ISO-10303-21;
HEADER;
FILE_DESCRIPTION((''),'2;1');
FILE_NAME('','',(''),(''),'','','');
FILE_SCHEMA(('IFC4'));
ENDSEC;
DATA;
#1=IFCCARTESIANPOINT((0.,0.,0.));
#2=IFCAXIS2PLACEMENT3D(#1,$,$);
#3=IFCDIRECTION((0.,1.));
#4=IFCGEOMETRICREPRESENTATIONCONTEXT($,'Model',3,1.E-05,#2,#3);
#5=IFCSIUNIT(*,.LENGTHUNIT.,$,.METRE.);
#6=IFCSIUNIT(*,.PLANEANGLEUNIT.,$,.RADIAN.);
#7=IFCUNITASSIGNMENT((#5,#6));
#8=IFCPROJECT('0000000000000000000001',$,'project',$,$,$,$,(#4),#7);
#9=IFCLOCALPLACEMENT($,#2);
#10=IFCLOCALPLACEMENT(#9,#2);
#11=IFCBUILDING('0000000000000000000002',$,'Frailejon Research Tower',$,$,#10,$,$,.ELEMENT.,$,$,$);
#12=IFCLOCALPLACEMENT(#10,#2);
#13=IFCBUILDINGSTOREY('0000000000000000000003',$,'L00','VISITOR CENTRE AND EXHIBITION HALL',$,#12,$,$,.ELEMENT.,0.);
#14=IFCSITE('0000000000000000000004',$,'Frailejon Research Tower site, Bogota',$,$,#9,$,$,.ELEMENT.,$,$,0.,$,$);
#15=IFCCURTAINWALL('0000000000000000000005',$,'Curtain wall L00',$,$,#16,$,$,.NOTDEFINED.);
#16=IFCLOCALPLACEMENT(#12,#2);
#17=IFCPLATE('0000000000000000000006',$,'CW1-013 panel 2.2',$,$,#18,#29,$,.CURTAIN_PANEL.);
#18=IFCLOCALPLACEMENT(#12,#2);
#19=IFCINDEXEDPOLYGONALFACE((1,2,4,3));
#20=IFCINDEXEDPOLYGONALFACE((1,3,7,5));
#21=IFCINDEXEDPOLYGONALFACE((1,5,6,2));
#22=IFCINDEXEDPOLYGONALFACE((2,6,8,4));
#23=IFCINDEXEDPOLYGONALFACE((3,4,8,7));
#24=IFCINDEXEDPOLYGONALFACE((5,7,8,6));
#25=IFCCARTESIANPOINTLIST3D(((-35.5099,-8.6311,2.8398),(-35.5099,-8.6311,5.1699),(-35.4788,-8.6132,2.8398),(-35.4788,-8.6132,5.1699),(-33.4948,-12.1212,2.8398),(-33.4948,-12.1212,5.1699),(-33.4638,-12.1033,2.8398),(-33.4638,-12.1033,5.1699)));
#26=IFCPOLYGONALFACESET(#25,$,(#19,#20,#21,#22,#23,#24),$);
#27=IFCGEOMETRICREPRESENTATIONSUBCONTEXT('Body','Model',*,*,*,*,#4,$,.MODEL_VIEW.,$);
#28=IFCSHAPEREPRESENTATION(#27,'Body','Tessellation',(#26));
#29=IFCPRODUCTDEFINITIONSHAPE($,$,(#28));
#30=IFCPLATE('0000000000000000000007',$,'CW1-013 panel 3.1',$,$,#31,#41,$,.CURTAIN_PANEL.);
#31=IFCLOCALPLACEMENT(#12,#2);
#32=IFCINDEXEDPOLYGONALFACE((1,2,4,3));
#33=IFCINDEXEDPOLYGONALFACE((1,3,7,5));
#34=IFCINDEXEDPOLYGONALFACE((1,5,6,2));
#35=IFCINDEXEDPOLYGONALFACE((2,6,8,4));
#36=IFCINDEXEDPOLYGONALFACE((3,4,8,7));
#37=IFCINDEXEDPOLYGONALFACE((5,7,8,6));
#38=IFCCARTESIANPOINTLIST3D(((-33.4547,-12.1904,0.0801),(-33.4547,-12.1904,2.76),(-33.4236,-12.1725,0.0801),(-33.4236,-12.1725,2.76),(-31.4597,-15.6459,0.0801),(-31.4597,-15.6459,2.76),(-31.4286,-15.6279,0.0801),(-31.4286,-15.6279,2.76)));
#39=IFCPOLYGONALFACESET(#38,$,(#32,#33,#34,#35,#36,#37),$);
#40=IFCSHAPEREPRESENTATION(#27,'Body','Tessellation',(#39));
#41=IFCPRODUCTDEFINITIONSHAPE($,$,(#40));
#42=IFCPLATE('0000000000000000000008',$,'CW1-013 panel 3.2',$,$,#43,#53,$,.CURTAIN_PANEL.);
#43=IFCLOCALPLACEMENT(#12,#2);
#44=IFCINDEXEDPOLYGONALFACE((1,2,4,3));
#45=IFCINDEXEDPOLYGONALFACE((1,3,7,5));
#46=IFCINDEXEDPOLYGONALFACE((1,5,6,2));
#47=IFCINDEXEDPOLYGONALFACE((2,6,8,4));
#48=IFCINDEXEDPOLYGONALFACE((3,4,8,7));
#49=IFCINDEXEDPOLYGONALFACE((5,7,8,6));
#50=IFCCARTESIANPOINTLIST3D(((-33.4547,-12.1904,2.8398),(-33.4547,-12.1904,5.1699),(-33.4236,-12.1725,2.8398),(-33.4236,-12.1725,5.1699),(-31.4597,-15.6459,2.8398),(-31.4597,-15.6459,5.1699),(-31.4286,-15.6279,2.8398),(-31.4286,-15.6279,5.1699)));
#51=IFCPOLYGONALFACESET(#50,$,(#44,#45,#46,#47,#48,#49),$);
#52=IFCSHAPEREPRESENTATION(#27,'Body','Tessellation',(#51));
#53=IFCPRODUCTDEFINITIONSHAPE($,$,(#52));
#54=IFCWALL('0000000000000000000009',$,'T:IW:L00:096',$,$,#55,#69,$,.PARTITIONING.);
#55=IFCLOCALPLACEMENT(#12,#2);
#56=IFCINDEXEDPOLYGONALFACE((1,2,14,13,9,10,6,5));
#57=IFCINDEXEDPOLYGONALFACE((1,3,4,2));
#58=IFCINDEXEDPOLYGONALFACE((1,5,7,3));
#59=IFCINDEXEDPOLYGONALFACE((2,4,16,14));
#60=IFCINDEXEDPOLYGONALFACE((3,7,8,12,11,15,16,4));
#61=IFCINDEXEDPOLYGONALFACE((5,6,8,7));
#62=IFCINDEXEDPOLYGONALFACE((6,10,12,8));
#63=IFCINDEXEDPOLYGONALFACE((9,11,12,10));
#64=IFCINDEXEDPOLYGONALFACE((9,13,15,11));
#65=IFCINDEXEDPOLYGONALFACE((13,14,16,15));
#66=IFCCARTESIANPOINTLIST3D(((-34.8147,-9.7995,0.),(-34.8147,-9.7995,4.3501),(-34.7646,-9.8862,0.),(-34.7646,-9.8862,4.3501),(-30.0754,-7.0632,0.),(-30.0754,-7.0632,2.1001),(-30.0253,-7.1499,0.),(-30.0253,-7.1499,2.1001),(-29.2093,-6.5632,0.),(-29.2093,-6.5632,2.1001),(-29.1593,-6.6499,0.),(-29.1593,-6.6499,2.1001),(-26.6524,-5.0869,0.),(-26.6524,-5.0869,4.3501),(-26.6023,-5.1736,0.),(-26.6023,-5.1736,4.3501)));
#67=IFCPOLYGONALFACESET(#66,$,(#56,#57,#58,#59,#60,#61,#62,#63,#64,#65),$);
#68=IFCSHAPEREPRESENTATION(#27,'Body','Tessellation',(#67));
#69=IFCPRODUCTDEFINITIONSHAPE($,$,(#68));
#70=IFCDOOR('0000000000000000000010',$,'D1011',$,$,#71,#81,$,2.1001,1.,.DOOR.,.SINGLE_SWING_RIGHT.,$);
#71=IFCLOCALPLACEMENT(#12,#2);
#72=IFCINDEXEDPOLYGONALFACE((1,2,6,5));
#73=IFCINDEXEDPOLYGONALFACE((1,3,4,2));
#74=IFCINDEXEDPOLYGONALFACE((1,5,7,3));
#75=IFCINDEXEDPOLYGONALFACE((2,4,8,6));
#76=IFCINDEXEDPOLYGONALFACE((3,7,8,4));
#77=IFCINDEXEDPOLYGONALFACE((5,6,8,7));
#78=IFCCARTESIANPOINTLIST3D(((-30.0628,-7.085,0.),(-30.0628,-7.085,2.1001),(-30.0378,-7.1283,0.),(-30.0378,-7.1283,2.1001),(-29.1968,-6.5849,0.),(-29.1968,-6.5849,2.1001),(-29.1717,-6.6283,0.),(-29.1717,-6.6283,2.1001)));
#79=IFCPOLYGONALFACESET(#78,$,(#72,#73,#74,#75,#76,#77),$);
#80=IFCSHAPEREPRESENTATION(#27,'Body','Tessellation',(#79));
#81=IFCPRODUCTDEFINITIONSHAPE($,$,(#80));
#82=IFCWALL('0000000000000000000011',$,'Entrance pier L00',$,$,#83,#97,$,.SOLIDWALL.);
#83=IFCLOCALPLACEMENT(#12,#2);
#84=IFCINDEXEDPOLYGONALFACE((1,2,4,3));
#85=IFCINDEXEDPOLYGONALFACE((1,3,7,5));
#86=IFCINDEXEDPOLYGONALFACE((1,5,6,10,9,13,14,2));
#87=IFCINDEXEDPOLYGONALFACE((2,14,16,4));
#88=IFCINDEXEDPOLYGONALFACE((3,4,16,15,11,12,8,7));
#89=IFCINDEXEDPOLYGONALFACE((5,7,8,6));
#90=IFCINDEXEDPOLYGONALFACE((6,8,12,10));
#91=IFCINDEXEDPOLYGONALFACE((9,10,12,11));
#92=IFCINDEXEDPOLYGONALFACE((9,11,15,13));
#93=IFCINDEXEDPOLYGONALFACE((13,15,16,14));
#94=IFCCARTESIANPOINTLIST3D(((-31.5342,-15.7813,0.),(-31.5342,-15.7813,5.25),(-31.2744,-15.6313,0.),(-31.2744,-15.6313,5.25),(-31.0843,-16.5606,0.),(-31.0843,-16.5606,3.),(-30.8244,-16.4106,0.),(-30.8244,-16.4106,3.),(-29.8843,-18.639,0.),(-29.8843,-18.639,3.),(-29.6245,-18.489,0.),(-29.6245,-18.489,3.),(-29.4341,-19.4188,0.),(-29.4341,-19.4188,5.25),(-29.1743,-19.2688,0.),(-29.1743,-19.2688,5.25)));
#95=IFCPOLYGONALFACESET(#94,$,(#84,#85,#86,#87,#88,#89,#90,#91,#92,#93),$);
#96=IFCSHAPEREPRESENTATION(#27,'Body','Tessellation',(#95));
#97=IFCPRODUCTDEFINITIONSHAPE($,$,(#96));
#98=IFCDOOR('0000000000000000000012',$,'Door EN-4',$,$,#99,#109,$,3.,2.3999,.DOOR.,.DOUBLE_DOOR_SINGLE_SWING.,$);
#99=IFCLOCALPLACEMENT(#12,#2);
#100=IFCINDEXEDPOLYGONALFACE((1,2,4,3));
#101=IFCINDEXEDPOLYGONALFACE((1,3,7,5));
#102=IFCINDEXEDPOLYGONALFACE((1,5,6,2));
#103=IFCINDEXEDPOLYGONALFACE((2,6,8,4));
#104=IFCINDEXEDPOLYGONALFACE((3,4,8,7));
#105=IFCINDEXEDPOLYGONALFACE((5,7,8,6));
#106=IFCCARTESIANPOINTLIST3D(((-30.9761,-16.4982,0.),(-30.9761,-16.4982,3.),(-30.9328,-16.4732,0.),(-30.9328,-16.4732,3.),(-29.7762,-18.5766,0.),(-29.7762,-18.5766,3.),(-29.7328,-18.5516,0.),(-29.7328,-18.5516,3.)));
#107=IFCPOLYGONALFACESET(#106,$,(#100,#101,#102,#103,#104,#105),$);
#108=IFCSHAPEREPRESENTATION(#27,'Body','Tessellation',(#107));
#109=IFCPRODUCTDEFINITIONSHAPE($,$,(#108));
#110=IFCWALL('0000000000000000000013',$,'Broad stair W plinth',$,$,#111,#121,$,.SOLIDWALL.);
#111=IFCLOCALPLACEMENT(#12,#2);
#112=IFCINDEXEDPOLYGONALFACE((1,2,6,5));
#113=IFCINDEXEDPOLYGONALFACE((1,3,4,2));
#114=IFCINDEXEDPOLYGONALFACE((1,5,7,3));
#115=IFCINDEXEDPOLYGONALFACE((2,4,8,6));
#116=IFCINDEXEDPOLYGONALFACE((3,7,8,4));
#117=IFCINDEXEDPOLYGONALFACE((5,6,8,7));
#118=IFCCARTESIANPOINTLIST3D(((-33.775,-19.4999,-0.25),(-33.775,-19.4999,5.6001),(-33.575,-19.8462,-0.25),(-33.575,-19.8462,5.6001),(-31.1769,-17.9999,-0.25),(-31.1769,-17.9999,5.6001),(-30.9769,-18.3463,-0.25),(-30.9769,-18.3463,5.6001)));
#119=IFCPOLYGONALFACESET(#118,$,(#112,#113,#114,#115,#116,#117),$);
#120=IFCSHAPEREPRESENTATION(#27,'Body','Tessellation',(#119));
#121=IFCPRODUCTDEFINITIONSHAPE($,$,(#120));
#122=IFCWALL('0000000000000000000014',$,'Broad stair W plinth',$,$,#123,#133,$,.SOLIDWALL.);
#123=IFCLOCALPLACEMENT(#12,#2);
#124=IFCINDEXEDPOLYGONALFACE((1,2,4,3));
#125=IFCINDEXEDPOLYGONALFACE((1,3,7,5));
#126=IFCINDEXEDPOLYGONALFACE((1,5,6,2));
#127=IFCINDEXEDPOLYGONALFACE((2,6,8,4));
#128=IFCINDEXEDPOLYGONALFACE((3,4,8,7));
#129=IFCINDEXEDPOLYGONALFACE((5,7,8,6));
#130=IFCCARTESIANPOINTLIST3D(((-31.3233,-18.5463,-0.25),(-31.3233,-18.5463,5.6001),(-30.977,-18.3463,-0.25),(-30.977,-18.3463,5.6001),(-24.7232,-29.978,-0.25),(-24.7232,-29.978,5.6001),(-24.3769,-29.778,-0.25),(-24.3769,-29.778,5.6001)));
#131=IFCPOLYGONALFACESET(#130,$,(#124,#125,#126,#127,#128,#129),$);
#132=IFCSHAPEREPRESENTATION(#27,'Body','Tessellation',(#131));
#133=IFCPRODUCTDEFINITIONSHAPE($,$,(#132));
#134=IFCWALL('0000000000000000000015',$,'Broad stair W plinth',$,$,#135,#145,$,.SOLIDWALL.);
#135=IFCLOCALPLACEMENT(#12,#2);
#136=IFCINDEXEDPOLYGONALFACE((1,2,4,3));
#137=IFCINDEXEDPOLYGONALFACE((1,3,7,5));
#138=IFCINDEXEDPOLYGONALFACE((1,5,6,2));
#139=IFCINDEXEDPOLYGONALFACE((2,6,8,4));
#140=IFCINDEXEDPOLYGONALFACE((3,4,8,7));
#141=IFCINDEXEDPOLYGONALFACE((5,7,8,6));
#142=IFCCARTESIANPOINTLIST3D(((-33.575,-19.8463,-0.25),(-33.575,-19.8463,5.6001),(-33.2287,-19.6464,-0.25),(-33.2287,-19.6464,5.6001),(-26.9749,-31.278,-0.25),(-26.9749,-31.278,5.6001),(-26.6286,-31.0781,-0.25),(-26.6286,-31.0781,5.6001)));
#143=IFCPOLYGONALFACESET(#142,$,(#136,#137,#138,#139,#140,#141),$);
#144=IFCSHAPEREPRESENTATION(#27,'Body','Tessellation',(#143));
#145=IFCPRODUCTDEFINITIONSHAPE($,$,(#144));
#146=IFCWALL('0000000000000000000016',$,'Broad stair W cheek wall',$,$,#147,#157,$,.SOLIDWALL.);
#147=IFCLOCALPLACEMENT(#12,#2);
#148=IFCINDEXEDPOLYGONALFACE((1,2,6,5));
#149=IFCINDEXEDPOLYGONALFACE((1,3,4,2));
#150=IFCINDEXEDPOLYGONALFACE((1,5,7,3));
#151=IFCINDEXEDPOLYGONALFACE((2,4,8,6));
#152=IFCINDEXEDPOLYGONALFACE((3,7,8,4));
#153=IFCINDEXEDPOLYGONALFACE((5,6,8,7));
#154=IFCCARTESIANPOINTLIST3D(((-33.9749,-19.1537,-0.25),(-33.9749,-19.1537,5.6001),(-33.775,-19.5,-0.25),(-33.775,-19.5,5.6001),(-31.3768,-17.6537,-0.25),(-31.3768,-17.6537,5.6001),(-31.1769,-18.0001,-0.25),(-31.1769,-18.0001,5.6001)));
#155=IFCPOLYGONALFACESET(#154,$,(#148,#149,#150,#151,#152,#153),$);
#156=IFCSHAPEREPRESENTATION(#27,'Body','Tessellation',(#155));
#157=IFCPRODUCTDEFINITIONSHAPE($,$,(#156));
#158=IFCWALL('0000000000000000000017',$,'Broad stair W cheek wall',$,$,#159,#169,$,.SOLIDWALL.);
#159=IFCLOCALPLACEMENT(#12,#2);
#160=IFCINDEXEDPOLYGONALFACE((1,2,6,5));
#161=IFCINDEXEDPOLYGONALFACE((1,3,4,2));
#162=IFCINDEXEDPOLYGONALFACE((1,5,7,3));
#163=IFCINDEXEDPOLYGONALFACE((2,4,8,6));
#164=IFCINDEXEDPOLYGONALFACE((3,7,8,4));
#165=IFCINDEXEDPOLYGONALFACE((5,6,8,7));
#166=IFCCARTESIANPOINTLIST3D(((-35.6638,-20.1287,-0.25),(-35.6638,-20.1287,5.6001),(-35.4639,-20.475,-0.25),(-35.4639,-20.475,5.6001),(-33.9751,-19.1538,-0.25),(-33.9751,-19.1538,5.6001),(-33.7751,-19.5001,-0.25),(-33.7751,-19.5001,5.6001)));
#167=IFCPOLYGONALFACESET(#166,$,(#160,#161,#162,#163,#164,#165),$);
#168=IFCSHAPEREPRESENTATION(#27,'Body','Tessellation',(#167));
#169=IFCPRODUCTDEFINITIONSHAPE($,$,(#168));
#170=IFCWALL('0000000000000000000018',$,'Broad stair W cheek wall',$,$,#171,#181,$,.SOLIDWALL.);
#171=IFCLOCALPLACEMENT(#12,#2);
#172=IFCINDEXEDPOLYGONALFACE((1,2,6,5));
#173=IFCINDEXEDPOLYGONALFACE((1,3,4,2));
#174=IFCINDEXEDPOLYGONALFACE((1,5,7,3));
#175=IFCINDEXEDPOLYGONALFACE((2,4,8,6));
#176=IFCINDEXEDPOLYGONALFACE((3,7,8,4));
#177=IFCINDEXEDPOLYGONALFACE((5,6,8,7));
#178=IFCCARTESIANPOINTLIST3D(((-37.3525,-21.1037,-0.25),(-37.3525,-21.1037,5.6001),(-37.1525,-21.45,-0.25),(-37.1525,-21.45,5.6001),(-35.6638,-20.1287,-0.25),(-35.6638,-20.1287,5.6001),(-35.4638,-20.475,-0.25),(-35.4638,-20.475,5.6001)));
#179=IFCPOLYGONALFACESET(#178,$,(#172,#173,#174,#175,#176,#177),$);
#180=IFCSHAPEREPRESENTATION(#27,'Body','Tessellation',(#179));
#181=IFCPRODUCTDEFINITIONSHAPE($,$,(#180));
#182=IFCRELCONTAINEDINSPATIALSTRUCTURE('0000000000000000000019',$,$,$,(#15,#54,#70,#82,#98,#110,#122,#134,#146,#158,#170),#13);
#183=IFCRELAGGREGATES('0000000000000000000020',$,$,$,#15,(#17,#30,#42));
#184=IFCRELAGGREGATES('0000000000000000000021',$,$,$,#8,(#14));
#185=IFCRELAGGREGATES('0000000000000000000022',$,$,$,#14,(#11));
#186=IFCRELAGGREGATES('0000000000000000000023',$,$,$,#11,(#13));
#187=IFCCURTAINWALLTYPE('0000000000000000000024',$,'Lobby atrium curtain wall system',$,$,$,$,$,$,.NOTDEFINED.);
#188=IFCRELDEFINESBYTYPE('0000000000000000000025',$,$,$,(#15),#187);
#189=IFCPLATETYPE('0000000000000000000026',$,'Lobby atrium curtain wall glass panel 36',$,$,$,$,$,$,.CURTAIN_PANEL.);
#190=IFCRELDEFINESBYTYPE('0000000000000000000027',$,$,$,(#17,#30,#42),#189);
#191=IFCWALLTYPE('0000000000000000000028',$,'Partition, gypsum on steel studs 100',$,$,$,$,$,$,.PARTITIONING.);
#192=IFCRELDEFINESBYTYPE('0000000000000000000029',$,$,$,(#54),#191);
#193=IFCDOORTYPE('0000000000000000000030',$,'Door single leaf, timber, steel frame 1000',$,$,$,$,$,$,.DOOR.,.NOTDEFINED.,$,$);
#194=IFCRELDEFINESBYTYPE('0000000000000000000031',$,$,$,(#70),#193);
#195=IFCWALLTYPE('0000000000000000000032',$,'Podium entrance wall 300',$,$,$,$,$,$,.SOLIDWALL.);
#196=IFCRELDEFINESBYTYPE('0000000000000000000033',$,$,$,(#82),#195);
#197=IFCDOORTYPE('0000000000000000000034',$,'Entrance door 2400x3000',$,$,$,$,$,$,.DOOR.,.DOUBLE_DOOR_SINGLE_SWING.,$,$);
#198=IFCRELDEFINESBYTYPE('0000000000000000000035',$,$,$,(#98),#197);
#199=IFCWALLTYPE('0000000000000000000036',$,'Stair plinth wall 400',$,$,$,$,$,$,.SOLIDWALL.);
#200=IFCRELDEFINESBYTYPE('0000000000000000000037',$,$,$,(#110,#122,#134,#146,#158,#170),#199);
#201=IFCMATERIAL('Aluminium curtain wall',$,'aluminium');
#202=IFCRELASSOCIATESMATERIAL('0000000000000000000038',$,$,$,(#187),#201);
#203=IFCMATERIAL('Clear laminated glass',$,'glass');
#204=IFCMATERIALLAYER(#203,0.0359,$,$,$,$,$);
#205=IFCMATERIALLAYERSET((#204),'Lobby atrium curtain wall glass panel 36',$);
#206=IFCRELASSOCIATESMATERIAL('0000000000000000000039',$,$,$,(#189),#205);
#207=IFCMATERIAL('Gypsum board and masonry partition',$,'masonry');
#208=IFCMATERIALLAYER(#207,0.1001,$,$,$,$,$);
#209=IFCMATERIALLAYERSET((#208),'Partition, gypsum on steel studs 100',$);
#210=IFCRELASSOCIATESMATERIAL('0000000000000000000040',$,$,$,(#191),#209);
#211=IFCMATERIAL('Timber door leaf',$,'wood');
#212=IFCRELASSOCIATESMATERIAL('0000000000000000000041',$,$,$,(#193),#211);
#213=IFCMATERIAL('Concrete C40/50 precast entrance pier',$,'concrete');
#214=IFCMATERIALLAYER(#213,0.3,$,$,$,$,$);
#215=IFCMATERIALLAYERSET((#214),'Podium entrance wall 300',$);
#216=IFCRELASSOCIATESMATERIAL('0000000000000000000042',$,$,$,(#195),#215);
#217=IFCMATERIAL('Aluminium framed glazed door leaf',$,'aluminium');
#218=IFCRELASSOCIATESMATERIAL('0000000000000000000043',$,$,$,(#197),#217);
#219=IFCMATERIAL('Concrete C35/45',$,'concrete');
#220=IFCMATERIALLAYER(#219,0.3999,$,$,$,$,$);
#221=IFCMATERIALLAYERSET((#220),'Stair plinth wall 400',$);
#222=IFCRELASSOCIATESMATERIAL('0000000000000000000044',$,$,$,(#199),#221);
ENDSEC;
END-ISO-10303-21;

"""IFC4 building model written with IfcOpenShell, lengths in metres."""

from ifc_helpers import new_model, si_unit, direction, frame, frame_2d, origin, origin_2d, place, context, subcontext, project, spatial, rectangle, extrude, material, layer, layer_set, type_object, element, fill, aggregate, save


model = new_model("IFC4")

# Units and contexts
model_context = context("Model", 3, precision=1e-05, world=origin(), true_north=direction((0.0, 1.0)))
body_context = subcontext(model_context, "Body", "Model", "MODEL_VIEW")
ifc_project = project(units=[si_unit("LENGTHUNIT", "METRE"), si_unit("PLANEANGLEUNIT", "RADIAN")], contexts=[model_context])

# Site, building, storey
site_placement = place(None, origin())
site = spatial("IfcSite", under=ifc_project, at=site_placement, Name="Frailejon Research Tower site, Bogota", CompositionType="ELEMENT", RefElevation=0.0)
building_placement = place(site_placement, origin())
building = spatial("IfcBuilding", under=site, at=building_placement, Name="Frailejon Research Tower", CompositionType="ELEMENT")
storey_placement = place(building_placement, origin())
storey = spatial("IfcBuildingStorey", under=building, at=storey_placement, Name="L00", Description="VISITOR CENTRE AND EXHIBITION HALL", CompositionType="ELEMENT", Elevation=0.0)

# Curtain wall, plates
ifc_material_1 = material(Name="Aluminium curtain wall", Category="aluminium")
curtain_wall_type = type_object("IfcCurtainWallType", Name="Lobby atrium curtain wall system", PredefinedType="NOTDEFINED", material=ifc_material_1)
curtain_wall_placement = place(storey_placement, origin())
curtain_wall = element("IfcCurtainWall", 1, at=curtain_wall_placement, inside=storey, type_object=curtain_wall_type, Name="Curtain wall L00", PredefinedType="NOTDEFINED")
ifc_material_2 = material(Name="Clear laminated glass", Category="glass")
ifc_layer_1 = layer(ifc_material_2, 0.0359)
ifc_layer_set_1 = layer_set([ifc_layer_1], Name="Lobby atrium curtain wall glass panel 36")
plate_type = type_object("IfcPlateType", Name="Lobby atrium curtain wall glass panel 36", PredefinedType="CURTAIN_PANEL", material=ifc_layer_set_1)
plate_1_placement = place(storey_placement, frame((-34.4868, -10.3672, 2.8398), z_axis=(0.0, 0.0, 1.0), x_axis=(0.5, -0.866026, 0.0)))
plate_1 = element("IfcPlate", 2, at=plate_1_placement, type_object=plate_type, Name="CW1-013 panel 2.2", PredefinedType="CURTAIN_PANEL", context=body_context, shape_type="SweptSolid", body=[
    extrude(rectangle(XDim=4.03, YDim=0.0359, at=origin_2d()), origin(), (0.0, 0.0, 1.0), 2.3301),
])
plate_2_placement = place(storey_placement, frame((-32.4417, -13.9092, 0.0801), z_axis=(0.0, 0.0, 1.0), x_axis=(0.5, -0.866026, 0.0)))
plate_2 = element("IfcPlate", 3, at=plate_2_placement, type_object=plate_type, Name="CW1-013 panel 3.1", PredefinedType="CURTAIN_PANEL", context=body_context, shape_type="SweptSolid", body=[
    extrude(rectangle(XDim=3.99, YDim=0.0359, at=origin_2d()), origin(), (0.0, 0.0, 1.0), 2.6799),
])
plate_3_placement = place(storey_placement, frame((-32.4417, -13.9092, 2.8398), z_axis=(0.0, 0.0, 1.0), x_axis=(0.5, -0.866026, 0.0)))
plate_3 = element("IfcPlate", 4, at=plate_3_placement, type_object=plate_type, Name="CW1-013 panel 3.2", PredefinedType="CURTAIN_PANEL", context=body_context, shape_type="SweptSolid", body=[
    extrude(rectangle(XDim=3.99, YDim=0.0359, at=origin_2d()), origin(), (0.0, 0.0, 1.0), 2.3301),
])
aggregate(curtain_wall, [plate_1, plate_2, plate_3])

# Walls, openings, doors
ifc_material_3 = material(Name="Gypsum board and masonry partition", Category="masonry")
ifc_layer_2 = layer(ifc_material_3, 0.1001)
ifc_layer_set_2 = layer_set([ifc_layer_2], Name="Partition, gypsum on steel studs 100")
wall_type_1 = type_object("IfcWallType", Name="Partition, gypsum on steel studs 100", PredefinedType="PARTITIONING", material=ifc_layer_set_2)
wall_1_placement = place(storey_placement, frame((-34.7896, -9.8428, 0.0), z_axis=(0.0, 0.0, 1.0), x_axis=(0.86602, 0.500009, 0.0)))
wall_1 = element("IfcWall", 5, at=wall_1_placement, inside=storey, type_object=wall_type_1, Name="T:IW:L00:096", PredefinedType="PARTITIONING", context=body_context, shape_type="SweptSolid", body=[
    extrude(rectangle(XDim=9.425, YDim=0.1001, at=frame_2d((4.7124, 0.0))), origin(), (0.0, 0.0, 1.0), 4.3501),
])
opening_1_placement = place(wall_1_placement, frame((5.4724, 0.0, 0.0)))
opening_1 = element("IfcOpeningElement", 6, at=opening_1_placement, cuts=wall_1, PredefinedType="OPENING", context=body_context, shape_type="SweptSolid", body=[
    extrude(rectangle(XDim=1.0, YDim=2.1001, at=frame_2d((0.5, 1.05))), frame((0.0, 0.0601, 0.0), z_axis=(0.0, -1.0, 0.0), x_axis=(1.0, 0.0, 0.0)), (0.0, 0.0, 1.0), 0.1201),
])
ifc_material_4 = material(Name="Timber door leaf", Category="wood")
door_type_1 = type_object("IfcDoorType", Name="Door single leaf, timber, steel frame 1000", OperationType="NOTDEFINED", PredefinedType="DOOR", material=ifc_material_4)
door_1_placement = place(opening_1_placement, origin())
door_1 = element("IfcDoor", 7, at=door_1_placement, inside=storey, type_object=door_type_1, Name="D1011", OperationType="SINGLE_SWING_RIGHT", OverallHeight=2.1001, OverallWidth=1.0, PredefinedType="DOOR", context=body_context, shape_type="SweptSolid", body=[
    extrude(rectangle(XDim=1.0, YDim=2.1001, at=frame_2d((0.5, 1.05))), frame((0.0, 0.0249, 0.0), z_axis=(0.0, -1.0, 0.0), x_axis=(1.0, 0.0, 0.0)), (0.0, 0.0, 1.0), 0.05),
])
fill(opening_1, door_1)
ifc_material_5 = material(Name="Concrete C40/50 precast entrance pier", Category="concrete")
ifc_layer_3 = layer(ifc_material_5, 0.3)
ifc_layer_set_3 = layer_set([ifc_layer_3], Name="Podium entrance wall 300")
wall_type_2 = type_object("IfcWallType", Name="Podium entrance wall 300", PredefinedType="SOLIDWALL", material=ifc_layer_set_3)
wall_2_placement = place(storey_placement, frame((-31.4043, -15.7063, 0.0), z_axis=(0.0, 0.0, 1.0), x_axis=(0.500003, -0.866024, 0.0)))
wall_2 = element("IfcWall", 8, at=wall_2_placement, inside=storey, type_object=wall_type_2, Name="Entrance pier L00", PredefinedType="SOLIDWALL", context=body_context, shape_type="SweptSolid", body=[
    extrude(rectangle(XDim=4.2002, YDim=0.3, at=frame_2d((2.1001, 0.0))), origin(), (0.0, 0.0, 1.0), 5.25),
])
opening_2_placement = place(wall_2_placement, frame((0.8999, 0.0, 0.0)))
opening_2 = element("IfcOpeningElement", 9, at=opening_2_placement, cuts=wall_2, PredefinedType="OPENING", context=body_context, shape_type="SweptSolid", body=[
    extrude(rectangle(XDim=2.3999, YDim=3.0, at=frame_2d((1.2, 1.5))), frame((0.0, 0.1599, 0.0), z_axis=(0.0, -1.0, 0.0), x_axis=(1.0, 0.0, 0.0)), (0.0, 0.0, 1.0), 0.3201),
])
ifc_material_6 = material(Name="Aluminium framed glazed door leaf", Category="aluminium")
door_type_2 = type_object("IfcDoorType", Name="Entrance door 2400x3000", OperationType="DOUBLE_DOOR_SINGLE_SWING", PredefinedType="DOOR", material=ifc_material_6)
door_2_placement = place(opening_2_placement, origin())
door_2 = element("IfcDoor", 10, at=door_2_placement, inside=storey, type_object=door_type_2, Name="Door EN-4", OperationType="DOUBLE_DOOR_SINGLE_SWING", OverallHeight=3.0, OverallWidth=2.3999, PredefinedType="DOOR", context=body_context, shape_type="SweptSolid", body=[
    extrude(rectangle(XDim=2.3999, YDim=3.0, at=frame_2d((1.2, 1.5))), frame((0.0, 0.0249, 0.0), z_axis=(0.0, -1.0, 0.0), x_axis=(1.0, 0.0, 0.0)), (0.0, 0.0, 1.0), 0.05),
])
fill(opening_2, door_2)

# Walls
ifc_material_7 = material(Name="Concrete C35/45", Category="concrete")
ifc_layer_4 = layer(ifc_material_7, 0.3999)
ifc_layer_set_4 = layer_set([ifc_layer_4], Name="Stair plinth wall 400")
wall_type_3 = type_object("IfcWallType", Name="Stair plinth wall 400", PredefinedType="SOLIDWALL", material=ifc_layer_set_4)
wall_3_placement = place(storey_placement, frame((-31.0769, -18.1731, -0.25), z_axis=(0.0, 0.0, 1.0), x_axis=(-0.866031, -0.49999, 0.0)))
element("IfcWall", 11, at=wall_3_placement, inside=storey, type_object=wall_type_3, Name="Broad stair W plinth", PredefinedType="SOLIDWALL", context=body_context, shape_type="SweptSolid", body=[
    extrude(rectangle(XDim=3.0, YDim=0.3999, at=frame_2d((1.5, 0.0))), origin(), (0.0, 0.0, 1.0), 5.8501),
])
for number, where, z_axis, x_axis, name in (
    (12, (-31.1501, -18.4463, -0.25), (0.0, 0.0, 1.0), (0.500002, -0.866024, 0.0), "Broad stair W plinth"),
    (13, (-33.4019, -19.7463, -0.25), (0.0, 0.0, 1.0), (0.500002, -0.866024, 0.0), "Broad stair W plinth"),
):
    element("IfcWall", number, at=place(storey_placement, frame(where, z_axis=z_axis, x_axis=x_axis)), inside=storey, type_object=wall_type_3, Name=name, PredefinedType="SOLIDWALL", context=body_context, shape_type="SweptSolid", body=[
        extrude(rectangle(XDim=13.2002, YDim=0.3999, at=frame_2d((6.6001, 0.0))), origin(), (0.0, 0.0, 1.0), 5.8501),
    ])
wall_4_placement = place(storey_placement, frame((-31.2769, -17.8269, -0.25), z_axis=(0.0, 0.0, 1.0), x_axis=(-0.866031, -0.49999, 0.0)))
element("IfcWall", 14, at=wall_4_placement, inside=storey, type_object=wall_type_3, Name="Broad stair W cheek wall", PredefinedType="SOLIDWALL", context=body_context, shape_type="SweptSolid", body=[
    extrude(rectangle(XDim=3.0, YDim=0.3999, at=frame_2d((1.5, 0.0))), origin(), (0.0, 0.0, 1.0), 5.8501),
])
for number, where, z_axis, x_axis, name in (
    (15, (-33.875, -19.3269, -0.25), (0.0, 0.0, 1.0), (-0.866054, -0.49995, 0.0), "Broad stair W cheek wall"),
    (16, (-35.5637, -20.3018, -0.25), (0.0, 0.0, 1.0), (-0.866, -0.500044, 0.0), "Broad stair W cheek wall"),
):
    element("IfcWall", number, at=place(storey_placement, frame(where, z_axis=z_axis, x_axis=x_axis)), inside=storey, type_object=wall_type_3, Name=name, PredefinedType="SOLIDWALL", context=body_context, shape_type="SweptSolid", body=[
        extrude(rectangle(XDim=1.95, YDim=0.3999, at=frame_2d((0.9751, 0.0))), origin(), (0.0, 0.0, 1.0), 5.8501),
    ])

save(model, "model.ifc")
